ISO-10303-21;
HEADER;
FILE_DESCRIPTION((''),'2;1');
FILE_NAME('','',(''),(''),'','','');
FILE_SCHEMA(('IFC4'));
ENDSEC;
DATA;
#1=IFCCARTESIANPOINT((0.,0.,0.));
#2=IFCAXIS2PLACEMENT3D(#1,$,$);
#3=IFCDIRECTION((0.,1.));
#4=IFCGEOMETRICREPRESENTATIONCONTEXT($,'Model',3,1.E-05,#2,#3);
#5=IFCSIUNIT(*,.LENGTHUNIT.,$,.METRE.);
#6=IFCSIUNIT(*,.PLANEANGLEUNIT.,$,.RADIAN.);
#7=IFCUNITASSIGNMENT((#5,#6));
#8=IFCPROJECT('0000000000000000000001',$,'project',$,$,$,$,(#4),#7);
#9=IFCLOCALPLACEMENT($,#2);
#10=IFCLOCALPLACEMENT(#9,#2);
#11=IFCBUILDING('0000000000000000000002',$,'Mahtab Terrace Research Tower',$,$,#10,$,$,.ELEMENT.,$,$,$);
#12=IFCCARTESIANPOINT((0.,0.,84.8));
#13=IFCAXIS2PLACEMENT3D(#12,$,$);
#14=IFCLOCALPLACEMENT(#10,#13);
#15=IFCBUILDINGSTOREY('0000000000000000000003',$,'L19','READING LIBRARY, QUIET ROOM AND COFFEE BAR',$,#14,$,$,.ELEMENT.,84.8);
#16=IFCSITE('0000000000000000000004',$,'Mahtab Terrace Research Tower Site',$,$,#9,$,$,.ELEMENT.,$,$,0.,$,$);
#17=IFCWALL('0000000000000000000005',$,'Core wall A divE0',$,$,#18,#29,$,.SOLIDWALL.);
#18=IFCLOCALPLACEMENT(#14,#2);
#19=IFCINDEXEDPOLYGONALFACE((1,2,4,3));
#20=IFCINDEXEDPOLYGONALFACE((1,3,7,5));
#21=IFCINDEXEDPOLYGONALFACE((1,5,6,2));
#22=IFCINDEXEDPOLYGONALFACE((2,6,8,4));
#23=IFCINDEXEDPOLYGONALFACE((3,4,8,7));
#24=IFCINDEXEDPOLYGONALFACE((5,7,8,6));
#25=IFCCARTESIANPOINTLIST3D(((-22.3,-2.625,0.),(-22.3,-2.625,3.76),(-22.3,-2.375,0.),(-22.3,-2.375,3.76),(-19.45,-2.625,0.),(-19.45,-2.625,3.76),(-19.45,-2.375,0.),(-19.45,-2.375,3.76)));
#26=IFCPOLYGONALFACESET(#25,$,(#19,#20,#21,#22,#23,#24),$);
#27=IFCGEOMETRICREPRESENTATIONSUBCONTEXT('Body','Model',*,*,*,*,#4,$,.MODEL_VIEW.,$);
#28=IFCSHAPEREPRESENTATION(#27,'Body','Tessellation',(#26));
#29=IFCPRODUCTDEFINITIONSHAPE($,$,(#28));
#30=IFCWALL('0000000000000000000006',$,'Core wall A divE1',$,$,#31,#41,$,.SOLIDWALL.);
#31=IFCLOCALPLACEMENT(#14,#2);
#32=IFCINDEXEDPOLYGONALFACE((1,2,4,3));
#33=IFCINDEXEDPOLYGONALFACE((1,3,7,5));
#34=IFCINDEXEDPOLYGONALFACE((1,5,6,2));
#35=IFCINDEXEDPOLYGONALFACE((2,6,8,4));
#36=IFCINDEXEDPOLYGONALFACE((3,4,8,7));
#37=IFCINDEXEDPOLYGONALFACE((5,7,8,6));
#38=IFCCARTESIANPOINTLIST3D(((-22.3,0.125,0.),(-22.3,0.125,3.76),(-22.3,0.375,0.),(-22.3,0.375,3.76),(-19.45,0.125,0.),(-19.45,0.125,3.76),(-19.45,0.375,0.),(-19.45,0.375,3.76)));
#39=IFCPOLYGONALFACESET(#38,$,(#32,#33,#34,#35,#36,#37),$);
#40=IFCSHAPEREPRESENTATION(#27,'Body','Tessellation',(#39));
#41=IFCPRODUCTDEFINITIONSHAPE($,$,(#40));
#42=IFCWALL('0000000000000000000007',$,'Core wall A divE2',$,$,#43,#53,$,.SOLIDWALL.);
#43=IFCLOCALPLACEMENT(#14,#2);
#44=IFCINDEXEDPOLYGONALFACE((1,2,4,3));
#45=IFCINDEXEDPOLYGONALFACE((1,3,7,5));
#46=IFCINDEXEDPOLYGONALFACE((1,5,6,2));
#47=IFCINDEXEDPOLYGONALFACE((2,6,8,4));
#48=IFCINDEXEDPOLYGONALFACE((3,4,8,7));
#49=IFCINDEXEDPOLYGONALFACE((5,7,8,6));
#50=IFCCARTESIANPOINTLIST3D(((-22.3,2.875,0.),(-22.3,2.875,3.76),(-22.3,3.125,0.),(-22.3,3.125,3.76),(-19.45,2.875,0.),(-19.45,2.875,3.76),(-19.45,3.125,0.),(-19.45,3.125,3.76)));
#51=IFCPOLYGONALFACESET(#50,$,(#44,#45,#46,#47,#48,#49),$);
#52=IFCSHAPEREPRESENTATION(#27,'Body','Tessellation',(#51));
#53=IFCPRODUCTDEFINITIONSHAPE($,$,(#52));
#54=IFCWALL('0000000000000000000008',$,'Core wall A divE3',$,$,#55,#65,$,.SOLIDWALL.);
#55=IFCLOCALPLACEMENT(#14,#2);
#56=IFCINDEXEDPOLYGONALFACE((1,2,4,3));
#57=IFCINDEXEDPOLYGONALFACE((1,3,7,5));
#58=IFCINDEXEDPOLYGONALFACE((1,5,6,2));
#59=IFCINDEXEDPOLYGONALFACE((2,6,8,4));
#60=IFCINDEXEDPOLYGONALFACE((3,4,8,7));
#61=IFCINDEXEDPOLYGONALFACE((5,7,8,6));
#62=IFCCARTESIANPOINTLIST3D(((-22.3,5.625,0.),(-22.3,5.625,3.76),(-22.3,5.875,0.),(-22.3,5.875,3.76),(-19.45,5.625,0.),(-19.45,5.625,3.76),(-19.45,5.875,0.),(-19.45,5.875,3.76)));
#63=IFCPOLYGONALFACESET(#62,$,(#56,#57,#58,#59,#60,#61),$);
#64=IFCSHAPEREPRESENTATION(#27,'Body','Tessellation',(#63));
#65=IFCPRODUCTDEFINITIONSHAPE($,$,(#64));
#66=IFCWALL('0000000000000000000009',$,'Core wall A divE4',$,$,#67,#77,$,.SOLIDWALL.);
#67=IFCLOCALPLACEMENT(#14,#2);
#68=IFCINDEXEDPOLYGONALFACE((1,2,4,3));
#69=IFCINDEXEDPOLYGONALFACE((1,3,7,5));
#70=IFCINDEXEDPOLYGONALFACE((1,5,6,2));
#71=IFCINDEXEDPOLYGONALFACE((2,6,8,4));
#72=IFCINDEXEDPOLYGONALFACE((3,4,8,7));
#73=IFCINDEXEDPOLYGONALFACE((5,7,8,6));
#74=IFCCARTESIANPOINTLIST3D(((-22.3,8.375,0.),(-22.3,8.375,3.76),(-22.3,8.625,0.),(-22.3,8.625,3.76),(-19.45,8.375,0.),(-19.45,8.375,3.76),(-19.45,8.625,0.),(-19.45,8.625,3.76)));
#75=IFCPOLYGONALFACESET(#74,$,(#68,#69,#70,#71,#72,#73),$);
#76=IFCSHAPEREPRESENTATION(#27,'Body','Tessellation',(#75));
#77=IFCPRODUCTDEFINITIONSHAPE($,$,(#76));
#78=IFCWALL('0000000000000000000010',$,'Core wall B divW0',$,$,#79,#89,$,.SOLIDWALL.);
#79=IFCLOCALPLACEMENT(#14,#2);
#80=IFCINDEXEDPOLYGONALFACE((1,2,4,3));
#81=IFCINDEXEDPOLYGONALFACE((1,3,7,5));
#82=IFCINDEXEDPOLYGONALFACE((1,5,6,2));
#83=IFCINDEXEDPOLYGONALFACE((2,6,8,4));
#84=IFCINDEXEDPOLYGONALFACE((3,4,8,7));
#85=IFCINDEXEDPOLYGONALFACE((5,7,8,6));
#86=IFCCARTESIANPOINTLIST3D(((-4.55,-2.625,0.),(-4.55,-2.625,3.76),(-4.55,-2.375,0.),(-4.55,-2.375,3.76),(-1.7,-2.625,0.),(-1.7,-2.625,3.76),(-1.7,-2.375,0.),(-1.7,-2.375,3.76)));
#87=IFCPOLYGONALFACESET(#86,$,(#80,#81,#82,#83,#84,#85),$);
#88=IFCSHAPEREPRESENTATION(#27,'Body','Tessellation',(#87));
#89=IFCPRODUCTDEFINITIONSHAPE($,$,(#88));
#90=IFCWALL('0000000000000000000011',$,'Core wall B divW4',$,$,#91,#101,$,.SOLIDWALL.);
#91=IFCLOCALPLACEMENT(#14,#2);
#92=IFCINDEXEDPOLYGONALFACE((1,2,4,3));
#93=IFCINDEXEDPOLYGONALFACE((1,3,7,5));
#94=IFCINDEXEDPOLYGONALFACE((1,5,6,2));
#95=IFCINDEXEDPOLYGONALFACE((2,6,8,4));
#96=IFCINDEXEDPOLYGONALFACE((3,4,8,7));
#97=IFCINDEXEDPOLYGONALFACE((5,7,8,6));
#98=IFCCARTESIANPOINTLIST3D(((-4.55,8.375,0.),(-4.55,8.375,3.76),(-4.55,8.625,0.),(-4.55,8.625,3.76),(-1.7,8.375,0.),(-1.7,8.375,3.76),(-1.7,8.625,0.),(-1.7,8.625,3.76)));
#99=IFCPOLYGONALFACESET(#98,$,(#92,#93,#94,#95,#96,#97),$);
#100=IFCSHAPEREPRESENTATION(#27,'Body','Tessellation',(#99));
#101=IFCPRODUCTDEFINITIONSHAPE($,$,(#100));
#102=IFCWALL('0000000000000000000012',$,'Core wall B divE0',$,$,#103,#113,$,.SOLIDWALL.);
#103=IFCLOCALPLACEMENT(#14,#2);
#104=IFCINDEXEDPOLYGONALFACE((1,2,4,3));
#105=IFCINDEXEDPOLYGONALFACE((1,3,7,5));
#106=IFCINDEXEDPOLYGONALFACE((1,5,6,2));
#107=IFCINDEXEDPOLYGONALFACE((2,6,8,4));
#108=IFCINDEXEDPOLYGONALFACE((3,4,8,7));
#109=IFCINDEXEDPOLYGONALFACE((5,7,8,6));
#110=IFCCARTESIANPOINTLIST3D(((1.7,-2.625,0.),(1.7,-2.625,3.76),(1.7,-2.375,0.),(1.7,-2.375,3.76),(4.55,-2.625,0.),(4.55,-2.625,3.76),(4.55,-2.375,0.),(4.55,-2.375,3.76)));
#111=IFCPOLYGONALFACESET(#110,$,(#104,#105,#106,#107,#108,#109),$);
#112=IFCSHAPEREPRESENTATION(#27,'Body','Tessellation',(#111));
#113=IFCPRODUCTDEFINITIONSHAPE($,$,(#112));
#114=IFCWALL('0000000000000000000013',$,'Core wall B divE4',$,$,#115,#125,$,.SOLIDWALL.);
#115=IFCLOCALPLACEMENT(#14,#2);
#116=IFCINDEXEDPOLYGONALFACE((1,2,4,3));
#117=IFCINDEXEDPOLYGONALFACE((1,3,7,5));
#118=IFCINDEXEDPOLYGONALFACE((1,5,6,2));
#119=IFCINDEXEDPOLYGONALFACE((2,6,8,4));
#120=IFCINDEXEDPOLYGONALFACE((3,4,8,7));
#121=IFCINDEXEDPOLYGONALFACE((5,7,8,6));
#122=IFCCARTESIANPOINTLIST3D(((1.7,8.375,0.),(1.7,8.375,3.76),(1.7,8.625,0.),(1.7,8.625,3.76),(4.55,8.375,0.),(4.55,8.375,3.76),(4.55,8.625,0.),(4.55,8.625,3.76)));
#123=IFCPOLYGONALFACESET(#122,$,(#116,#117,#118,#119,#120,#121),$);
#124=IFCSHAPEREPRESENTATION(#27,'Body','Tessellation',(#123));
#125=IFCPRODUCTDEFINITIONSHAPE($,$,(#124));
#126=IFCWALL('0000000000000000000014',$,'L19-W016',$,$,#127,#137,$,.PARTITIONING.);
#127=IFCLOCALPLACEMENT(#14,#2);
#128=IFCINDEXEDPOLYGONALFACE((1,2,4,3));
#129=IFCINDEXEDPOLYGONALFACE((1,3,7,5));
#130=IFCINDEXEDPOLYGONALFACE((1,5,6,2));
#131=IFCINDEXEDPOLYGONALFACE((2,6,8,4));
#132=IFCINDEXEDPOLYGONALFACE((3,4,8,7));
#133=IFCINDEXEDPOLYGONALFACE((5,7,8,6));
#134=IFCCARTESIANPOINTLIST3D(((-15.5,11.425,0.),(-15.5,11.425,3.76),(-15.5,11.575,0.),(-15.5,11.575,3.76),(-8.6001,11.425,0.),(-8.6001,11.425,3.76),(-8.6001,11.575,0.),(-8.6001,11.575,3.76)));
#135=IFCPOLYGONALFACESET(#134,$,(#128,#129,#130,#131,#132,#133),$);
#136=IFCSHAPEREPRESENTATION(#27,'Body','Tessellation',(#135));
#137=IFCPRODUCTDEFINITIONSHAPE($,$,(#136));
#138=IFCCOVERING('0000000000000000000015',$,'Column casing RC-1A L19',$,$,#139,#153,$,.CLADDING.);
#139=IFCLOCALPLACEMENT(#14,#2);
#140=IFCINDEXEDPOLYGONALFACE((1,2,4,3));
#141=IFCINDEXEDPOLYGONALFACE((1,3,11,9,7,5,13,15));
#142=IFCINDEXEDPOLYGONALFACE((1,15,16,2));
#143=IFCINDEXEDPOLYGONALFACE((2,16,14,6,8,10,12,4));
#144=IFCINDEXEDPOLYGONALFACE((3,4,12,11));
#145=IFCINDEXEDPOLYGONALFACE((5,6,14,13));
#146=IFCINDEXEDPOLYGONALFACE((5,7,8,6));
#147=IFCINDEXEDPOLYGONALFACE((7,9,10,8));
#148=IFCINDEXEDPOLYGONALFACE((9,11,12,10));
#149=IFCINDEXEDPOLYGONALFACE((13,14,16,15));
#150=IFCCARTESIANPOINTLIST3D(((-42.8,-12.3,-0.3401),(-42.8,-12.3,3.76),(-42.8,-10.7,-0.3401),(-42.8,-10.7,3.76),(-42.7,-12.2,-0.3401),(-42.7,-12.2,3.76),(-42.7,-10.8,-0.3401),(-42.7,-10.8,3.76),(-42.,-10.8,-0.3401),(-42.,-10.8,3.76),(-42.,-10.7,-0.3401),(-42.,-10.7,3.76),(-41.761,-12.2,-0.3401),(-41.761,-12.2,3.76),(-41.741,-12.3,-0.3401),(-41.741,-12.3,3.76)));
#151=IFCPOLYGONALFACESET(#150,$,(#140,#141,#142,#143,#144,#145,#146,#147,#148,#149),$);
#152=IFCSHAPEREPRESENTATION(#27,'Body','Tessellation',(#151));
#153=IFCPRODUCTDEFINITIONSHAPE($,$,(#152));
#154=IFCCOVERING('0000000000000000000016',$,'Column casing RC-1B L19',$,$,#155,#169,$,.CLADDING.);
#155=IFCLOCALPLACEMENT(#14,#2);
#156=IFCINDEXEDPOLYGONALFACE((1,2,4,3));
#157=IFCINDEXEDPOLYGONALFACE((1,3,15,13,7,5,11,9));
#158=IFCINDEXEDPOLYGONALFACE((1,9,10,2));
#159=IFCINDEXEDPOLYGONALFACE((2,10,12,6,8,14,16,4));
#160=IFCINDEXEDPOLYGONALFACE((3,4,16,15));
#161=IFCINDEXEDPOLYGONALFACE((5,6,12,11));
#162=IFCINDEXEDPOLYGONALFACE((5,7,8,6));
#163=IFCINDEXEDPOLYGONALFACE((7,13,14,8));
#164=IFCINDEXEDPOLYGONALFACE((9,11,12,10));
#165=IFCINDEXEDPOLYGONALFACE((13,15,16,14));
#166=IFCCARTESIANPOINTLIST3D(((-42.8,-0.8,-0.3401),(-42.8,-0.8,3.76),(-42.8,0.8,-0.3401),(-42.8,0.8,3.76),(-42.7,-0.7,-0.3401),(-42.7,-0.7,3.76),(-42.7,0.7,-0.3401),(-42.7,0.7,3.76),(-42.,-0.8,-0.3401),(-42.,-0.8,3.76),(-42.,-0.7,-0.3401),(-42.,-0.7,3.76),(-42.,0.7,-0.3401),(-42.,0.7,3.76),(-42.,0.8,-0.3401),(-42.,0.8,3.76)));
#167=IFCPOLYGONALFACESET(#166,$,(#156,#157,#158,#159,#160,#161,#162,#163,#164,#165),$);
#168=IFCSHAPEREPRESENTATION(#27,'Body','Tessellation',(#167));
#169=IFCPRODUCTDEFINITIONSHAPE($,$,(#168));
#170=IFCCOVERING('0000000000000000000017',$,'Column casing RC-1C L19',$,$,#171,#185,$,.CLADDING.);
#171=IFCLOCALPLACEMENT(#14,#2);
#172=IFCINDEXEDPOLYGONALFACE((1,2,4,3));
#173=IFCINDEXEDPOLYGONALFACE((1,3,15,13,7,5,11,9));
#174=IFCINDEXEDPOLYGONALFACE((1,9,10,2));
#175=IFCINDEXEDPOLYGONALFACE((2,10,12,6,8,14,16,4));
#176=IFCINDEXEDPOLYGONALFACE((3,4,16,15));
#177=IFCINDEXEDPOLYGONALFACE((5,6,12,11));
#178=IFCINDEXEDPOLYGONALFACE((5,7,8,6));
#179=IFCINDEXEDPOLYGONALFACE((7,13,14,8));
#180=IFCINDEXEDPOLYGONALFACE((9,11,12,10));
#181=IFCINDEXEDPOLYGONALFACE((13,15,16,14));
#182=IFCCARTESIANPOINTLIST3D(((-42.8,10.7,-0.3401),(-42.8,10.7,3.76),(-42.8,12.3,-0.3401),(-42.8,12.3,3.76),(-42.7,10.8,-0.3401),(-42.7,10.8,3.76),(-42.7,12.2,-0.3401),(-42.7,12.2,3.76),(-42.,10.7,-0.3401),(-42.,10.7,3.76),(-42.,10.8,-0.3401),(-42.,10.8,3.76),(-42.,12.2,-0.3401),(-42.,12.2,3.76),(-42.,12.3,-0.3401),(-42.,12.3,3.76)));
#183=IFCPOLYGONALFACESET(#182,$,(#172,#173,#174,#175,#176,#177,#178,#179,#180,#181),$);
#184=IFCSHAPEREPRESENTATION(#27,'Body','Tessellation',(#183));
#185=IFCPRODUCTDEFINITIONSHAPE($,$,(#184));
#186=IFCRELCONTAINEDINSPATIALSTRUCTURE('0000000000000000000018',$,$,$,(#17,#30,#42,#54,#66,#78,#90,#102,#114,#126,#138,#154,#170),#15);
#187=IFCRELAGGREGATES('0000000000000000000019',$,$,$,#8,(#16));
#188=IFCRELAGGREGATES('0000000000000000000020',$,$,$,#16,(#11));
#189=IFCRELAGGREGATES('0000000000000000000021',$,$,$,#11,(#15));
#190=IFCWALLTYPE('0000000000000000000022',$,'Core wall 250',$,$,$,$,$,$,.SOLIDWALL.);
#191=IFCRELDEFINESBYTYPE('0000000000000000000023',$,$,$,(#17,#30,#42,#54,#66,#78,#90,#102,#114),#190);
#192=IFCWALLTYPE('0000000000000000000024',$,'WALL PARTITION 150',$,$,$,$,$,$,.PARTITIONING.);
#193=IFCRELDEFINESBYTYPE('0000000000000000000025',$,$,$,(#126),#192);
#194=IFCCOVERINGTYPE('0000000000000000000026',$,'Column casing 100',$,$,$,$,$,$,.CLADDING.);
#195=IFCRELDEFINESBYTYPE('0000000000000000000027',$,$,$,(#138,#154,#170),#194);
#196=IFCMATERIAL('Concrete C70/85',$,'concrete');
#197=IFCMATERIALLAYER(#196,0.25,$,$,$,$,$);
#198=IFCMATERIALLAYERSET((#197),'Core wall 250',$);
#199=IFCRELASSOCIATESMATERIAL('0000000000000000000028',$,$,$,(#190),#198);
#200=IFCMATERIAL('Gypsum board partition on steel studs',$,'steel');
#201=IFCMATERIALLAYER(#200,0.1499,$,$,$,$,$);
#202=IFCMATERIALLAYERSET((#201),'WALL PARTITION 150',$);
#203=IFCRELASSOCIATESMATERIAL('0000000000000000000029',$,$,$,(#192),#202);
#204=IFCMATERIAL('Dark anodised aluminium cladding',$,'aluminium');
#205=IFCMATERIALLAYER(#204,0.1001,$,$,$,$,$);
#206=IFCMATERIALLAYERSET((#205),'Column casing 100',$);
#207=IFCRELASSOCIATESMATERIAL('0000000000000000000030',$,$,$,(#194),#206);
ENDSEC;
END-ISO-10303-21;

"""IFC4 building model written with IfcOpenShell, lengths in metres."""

from ifc_helpers import new_model, si_unit, direction, frame, frame_2d, origin, place, context, subcontext, project, spatial, polyline, rectangle, outline, extrude, material, layer, layer_set, type_object, element, save


model = new_model("IFC4")

# Units and contexts
model_context = context("Model", 3, precision=1e-05, world=origin(), true_north=direction((0.0, 1.0)))
body_context = subcontext(model_context, "Body", "Model", "MODEL_VIEW")
ifc_project = project(units=[si_unit("LENGTHUNIT", "METRE"), si_unit("PLANEANGLEUNIT", "RADIAN")], contexts=[model_context])

# Site, building, storey
site_placement = place(None, origin())
site = spatial("IfcSite", under=ifc_project, at=site_placement, Name="Mahtab Terrace Research Tower Site", CompositionType="ELEMENT", RefElevation=0.0)
building_placement = place(site_placement, origin())
building = spatial("IfcBuilding", under=site, at=building_placement, Name="Mahtab Terrace Research Tower", CompositionType="ELEMENT")
storey_placement = place(building_placement, frame((0.0, 0.0, 84.8)))
storey = spatial("IfcBuildingStorey", under=building, at=storey_placement, Name="L19", Description="READING LIBRARY, QUIET ROOM AND COFFEE BAR", CompositionType="ELEMENT", Elevation=84.8)

# Shared definitions
ifc_material_1 = material(Name="Concrete C70/85", Category="concrete")

# Walls
ifc_layer_1 = layer(ifc_material_1, 0.25)
ifc_layer_set_1 = layer_set([ifc_layer_1], Name="Core wall 250")
wall_type_1 = type_object("IfcWallType", Name="Core wall 250", PredefinedType="SOLIDWALL", material=ifc_layer_set_1)
for number, where, z_axis, x_axis, name in (
    (1, (-22.3, -2.5, 0.0), (0.0, 0.0, 1.0), (1.0, 0.0, 0.0), "Core wall A divE0"),
    (2, (-22.3, 0.25, 0.0), (0.0, 0.0, 1.0), (1.0, 0.0, 0.0), "Core wall A divE1"),
    (3, (-22.3, 3.0, 0.0), (0.0, 0.0, 1.0), (1.0, 0.0, 0.0), "Core wall A divE2"),
    (4, (-22.3, 5.75, 0.0), (0.0, 0.0, 1.0), (1.0, 0.0, 0.0), "Core wall A divE3"),
    (5, (-22.3, 8.5, 0.0), (0.0, 0.0, 1.0), (1.0, 0.0, 0.0), "Core wall A divE4"),
    (6, (-4.55, -2.5, 0.0), (0.0, 0.0, 1.0), (1.0, 0.0, 0.0), "Core wall B divW0"),
    (7, (-4.55, 8.5, 0.0), (0.0, 0.0, 1.0), (1.0, 0.0, 0.0), "Core wall B divW4"),
    (8, (1.7, -2.5, 0.0), (0.0, 0.0, 1.0), (1.0, 0.0, 0.0), "Core wall B divE0"),
    (9, (1.7, 8.5, 0.0), (0.0, 0.0, 1.0), (1.0, 0.0, 0.0), "Core wall B divE4"),
):
    element("IfcWall", number, at=place(storey_placement, frame(where, z_axis=z_axis, x_axis=x_axis)), inside=storey, type_object=wall_type_1, Name=name, PredefinedType="SOLIDWALL", context=body_context, shape_type="SweptSolid", body=[
        extrude(rectangle(XDim=2.8501, YDim=0.25, at=frame_2d((1.425, 0.0))), origin(), (0.0, 0.0, 1.0), 3.76),
    ])
ifc_material_2 = material(Name="Gypsum board partition on steel studs", Category="steel")
ifc_layer_2 = layer(ifc_material_2, 0.1499)
ifc_layer_set_2 = layer_set([ifc_layer_2], Name="WALL PARTITION 150")
wall_type_2 = type_object("IfcWallType", Name="WALL PARTITION 150", PredefinedType="PARTITIONING", material=ifc_layer_set_2)
wall_placement = place(storey_placement, frame((-15.5, 11.5, 0.0), z_axis=(0.0, 0.0, 1.0), x_axis=(1.0, 0.0, 0.0)))
element("IfcWall", 10, at=wall_placement, inside=storey, type_object=wall_type_2, Name="L19-W016", PredefinedType="PARTITIONING", context=body_context, shape_type="SweptSolid", body=[
    extrude(rectangle(XDim=6.8999, YDim=0.1499, at=frame_2d((3.45, 0.0))), origin(), (0.0, 0.0, 1.0), 3.76),
])

# Coverings
ifc_material_3 = material(Name="Dark anodised aluminium cladding", Category="aluminium")
ifc_layer_3 = layer(ifc_material_3, 0.1001)
ifc_layer_set_3 = layer_set([ifc_layer_3], Name="Column casing 100")
covering_type_1 = type_object("IfcCoveringType", Name="Column casing 100", PredefinedType="CLADDING", material=ifc_layer_set_3)
covering_1_placement = place(storey_placement, frame((0.0, 0.0, -0.3401)))
element("IfcCovering", 11, at=covering_1_placement, inside=storey, type_object=covering_type_1, Name="Column casing RC-1A L19", PredefinedType="CLADDING", context=body_context, shape_type="SweptSolid", body=[
    extrude(outline(polyline([(-42.8, -10.7), (-42.0, -10.7), (-42.0, -10.8), (-42.7, -10.8), (-42.7, -12.2), (-41.761, -12.2), (-41.741, -12.3), (-42.8, -12.3), (-42.8, -10.7)])), origin(), (0.0, 0.0, 1.0), 4.1001),
])
covering_2_placement = place(storey_placement, frame((0.0, 0.0, -0.3401)))
element("IfcCovering", 12, at=covering_2_placement, inside=storey, type_object=covering_type_1, Name="Column casing RC-1B L19", PredefinedType="CLADDING", context=body_context, shape_type="SweptSolid", body=[
    extrude(outline(polyline([(-42.8, 0.8), (-42.0, 0.8), (-42.0, 0.7), (-42.7, 0.7), (-42.7, -0.7), (-42.0, -0.7), (-42.0, -0.8), (-42.8, -0.8), (-42.8, 0.8)])), origin(), (0.0, 0.0, 1.0), 4.1001),
])
covering_3_placement = place(storey_placement, frame((0.0, 0.0, -0.3401)))
element("IfcCovering", 13, at=covering_3_placement, inside=storey, type_object=covering_type_1, Name="Column casing RC-1C L19", PredefinedType="CLADDING", context=body_context, shape_type="SweptSolid", body=[
    extrude(outline(polyline([(-42.8, 12.3), (-42.0, 12.3), (-42.0, 12.2), (-42.7, 12.2), (-42.7, 10.8), (-42.0, 10.8), (-42.0, 10.7), (-42.8, 10.7), (-42.8, 12.3)])), origin(), (0.0, 0.0, 1.0), 4.1001),
])

save(model, "model.ifc")
